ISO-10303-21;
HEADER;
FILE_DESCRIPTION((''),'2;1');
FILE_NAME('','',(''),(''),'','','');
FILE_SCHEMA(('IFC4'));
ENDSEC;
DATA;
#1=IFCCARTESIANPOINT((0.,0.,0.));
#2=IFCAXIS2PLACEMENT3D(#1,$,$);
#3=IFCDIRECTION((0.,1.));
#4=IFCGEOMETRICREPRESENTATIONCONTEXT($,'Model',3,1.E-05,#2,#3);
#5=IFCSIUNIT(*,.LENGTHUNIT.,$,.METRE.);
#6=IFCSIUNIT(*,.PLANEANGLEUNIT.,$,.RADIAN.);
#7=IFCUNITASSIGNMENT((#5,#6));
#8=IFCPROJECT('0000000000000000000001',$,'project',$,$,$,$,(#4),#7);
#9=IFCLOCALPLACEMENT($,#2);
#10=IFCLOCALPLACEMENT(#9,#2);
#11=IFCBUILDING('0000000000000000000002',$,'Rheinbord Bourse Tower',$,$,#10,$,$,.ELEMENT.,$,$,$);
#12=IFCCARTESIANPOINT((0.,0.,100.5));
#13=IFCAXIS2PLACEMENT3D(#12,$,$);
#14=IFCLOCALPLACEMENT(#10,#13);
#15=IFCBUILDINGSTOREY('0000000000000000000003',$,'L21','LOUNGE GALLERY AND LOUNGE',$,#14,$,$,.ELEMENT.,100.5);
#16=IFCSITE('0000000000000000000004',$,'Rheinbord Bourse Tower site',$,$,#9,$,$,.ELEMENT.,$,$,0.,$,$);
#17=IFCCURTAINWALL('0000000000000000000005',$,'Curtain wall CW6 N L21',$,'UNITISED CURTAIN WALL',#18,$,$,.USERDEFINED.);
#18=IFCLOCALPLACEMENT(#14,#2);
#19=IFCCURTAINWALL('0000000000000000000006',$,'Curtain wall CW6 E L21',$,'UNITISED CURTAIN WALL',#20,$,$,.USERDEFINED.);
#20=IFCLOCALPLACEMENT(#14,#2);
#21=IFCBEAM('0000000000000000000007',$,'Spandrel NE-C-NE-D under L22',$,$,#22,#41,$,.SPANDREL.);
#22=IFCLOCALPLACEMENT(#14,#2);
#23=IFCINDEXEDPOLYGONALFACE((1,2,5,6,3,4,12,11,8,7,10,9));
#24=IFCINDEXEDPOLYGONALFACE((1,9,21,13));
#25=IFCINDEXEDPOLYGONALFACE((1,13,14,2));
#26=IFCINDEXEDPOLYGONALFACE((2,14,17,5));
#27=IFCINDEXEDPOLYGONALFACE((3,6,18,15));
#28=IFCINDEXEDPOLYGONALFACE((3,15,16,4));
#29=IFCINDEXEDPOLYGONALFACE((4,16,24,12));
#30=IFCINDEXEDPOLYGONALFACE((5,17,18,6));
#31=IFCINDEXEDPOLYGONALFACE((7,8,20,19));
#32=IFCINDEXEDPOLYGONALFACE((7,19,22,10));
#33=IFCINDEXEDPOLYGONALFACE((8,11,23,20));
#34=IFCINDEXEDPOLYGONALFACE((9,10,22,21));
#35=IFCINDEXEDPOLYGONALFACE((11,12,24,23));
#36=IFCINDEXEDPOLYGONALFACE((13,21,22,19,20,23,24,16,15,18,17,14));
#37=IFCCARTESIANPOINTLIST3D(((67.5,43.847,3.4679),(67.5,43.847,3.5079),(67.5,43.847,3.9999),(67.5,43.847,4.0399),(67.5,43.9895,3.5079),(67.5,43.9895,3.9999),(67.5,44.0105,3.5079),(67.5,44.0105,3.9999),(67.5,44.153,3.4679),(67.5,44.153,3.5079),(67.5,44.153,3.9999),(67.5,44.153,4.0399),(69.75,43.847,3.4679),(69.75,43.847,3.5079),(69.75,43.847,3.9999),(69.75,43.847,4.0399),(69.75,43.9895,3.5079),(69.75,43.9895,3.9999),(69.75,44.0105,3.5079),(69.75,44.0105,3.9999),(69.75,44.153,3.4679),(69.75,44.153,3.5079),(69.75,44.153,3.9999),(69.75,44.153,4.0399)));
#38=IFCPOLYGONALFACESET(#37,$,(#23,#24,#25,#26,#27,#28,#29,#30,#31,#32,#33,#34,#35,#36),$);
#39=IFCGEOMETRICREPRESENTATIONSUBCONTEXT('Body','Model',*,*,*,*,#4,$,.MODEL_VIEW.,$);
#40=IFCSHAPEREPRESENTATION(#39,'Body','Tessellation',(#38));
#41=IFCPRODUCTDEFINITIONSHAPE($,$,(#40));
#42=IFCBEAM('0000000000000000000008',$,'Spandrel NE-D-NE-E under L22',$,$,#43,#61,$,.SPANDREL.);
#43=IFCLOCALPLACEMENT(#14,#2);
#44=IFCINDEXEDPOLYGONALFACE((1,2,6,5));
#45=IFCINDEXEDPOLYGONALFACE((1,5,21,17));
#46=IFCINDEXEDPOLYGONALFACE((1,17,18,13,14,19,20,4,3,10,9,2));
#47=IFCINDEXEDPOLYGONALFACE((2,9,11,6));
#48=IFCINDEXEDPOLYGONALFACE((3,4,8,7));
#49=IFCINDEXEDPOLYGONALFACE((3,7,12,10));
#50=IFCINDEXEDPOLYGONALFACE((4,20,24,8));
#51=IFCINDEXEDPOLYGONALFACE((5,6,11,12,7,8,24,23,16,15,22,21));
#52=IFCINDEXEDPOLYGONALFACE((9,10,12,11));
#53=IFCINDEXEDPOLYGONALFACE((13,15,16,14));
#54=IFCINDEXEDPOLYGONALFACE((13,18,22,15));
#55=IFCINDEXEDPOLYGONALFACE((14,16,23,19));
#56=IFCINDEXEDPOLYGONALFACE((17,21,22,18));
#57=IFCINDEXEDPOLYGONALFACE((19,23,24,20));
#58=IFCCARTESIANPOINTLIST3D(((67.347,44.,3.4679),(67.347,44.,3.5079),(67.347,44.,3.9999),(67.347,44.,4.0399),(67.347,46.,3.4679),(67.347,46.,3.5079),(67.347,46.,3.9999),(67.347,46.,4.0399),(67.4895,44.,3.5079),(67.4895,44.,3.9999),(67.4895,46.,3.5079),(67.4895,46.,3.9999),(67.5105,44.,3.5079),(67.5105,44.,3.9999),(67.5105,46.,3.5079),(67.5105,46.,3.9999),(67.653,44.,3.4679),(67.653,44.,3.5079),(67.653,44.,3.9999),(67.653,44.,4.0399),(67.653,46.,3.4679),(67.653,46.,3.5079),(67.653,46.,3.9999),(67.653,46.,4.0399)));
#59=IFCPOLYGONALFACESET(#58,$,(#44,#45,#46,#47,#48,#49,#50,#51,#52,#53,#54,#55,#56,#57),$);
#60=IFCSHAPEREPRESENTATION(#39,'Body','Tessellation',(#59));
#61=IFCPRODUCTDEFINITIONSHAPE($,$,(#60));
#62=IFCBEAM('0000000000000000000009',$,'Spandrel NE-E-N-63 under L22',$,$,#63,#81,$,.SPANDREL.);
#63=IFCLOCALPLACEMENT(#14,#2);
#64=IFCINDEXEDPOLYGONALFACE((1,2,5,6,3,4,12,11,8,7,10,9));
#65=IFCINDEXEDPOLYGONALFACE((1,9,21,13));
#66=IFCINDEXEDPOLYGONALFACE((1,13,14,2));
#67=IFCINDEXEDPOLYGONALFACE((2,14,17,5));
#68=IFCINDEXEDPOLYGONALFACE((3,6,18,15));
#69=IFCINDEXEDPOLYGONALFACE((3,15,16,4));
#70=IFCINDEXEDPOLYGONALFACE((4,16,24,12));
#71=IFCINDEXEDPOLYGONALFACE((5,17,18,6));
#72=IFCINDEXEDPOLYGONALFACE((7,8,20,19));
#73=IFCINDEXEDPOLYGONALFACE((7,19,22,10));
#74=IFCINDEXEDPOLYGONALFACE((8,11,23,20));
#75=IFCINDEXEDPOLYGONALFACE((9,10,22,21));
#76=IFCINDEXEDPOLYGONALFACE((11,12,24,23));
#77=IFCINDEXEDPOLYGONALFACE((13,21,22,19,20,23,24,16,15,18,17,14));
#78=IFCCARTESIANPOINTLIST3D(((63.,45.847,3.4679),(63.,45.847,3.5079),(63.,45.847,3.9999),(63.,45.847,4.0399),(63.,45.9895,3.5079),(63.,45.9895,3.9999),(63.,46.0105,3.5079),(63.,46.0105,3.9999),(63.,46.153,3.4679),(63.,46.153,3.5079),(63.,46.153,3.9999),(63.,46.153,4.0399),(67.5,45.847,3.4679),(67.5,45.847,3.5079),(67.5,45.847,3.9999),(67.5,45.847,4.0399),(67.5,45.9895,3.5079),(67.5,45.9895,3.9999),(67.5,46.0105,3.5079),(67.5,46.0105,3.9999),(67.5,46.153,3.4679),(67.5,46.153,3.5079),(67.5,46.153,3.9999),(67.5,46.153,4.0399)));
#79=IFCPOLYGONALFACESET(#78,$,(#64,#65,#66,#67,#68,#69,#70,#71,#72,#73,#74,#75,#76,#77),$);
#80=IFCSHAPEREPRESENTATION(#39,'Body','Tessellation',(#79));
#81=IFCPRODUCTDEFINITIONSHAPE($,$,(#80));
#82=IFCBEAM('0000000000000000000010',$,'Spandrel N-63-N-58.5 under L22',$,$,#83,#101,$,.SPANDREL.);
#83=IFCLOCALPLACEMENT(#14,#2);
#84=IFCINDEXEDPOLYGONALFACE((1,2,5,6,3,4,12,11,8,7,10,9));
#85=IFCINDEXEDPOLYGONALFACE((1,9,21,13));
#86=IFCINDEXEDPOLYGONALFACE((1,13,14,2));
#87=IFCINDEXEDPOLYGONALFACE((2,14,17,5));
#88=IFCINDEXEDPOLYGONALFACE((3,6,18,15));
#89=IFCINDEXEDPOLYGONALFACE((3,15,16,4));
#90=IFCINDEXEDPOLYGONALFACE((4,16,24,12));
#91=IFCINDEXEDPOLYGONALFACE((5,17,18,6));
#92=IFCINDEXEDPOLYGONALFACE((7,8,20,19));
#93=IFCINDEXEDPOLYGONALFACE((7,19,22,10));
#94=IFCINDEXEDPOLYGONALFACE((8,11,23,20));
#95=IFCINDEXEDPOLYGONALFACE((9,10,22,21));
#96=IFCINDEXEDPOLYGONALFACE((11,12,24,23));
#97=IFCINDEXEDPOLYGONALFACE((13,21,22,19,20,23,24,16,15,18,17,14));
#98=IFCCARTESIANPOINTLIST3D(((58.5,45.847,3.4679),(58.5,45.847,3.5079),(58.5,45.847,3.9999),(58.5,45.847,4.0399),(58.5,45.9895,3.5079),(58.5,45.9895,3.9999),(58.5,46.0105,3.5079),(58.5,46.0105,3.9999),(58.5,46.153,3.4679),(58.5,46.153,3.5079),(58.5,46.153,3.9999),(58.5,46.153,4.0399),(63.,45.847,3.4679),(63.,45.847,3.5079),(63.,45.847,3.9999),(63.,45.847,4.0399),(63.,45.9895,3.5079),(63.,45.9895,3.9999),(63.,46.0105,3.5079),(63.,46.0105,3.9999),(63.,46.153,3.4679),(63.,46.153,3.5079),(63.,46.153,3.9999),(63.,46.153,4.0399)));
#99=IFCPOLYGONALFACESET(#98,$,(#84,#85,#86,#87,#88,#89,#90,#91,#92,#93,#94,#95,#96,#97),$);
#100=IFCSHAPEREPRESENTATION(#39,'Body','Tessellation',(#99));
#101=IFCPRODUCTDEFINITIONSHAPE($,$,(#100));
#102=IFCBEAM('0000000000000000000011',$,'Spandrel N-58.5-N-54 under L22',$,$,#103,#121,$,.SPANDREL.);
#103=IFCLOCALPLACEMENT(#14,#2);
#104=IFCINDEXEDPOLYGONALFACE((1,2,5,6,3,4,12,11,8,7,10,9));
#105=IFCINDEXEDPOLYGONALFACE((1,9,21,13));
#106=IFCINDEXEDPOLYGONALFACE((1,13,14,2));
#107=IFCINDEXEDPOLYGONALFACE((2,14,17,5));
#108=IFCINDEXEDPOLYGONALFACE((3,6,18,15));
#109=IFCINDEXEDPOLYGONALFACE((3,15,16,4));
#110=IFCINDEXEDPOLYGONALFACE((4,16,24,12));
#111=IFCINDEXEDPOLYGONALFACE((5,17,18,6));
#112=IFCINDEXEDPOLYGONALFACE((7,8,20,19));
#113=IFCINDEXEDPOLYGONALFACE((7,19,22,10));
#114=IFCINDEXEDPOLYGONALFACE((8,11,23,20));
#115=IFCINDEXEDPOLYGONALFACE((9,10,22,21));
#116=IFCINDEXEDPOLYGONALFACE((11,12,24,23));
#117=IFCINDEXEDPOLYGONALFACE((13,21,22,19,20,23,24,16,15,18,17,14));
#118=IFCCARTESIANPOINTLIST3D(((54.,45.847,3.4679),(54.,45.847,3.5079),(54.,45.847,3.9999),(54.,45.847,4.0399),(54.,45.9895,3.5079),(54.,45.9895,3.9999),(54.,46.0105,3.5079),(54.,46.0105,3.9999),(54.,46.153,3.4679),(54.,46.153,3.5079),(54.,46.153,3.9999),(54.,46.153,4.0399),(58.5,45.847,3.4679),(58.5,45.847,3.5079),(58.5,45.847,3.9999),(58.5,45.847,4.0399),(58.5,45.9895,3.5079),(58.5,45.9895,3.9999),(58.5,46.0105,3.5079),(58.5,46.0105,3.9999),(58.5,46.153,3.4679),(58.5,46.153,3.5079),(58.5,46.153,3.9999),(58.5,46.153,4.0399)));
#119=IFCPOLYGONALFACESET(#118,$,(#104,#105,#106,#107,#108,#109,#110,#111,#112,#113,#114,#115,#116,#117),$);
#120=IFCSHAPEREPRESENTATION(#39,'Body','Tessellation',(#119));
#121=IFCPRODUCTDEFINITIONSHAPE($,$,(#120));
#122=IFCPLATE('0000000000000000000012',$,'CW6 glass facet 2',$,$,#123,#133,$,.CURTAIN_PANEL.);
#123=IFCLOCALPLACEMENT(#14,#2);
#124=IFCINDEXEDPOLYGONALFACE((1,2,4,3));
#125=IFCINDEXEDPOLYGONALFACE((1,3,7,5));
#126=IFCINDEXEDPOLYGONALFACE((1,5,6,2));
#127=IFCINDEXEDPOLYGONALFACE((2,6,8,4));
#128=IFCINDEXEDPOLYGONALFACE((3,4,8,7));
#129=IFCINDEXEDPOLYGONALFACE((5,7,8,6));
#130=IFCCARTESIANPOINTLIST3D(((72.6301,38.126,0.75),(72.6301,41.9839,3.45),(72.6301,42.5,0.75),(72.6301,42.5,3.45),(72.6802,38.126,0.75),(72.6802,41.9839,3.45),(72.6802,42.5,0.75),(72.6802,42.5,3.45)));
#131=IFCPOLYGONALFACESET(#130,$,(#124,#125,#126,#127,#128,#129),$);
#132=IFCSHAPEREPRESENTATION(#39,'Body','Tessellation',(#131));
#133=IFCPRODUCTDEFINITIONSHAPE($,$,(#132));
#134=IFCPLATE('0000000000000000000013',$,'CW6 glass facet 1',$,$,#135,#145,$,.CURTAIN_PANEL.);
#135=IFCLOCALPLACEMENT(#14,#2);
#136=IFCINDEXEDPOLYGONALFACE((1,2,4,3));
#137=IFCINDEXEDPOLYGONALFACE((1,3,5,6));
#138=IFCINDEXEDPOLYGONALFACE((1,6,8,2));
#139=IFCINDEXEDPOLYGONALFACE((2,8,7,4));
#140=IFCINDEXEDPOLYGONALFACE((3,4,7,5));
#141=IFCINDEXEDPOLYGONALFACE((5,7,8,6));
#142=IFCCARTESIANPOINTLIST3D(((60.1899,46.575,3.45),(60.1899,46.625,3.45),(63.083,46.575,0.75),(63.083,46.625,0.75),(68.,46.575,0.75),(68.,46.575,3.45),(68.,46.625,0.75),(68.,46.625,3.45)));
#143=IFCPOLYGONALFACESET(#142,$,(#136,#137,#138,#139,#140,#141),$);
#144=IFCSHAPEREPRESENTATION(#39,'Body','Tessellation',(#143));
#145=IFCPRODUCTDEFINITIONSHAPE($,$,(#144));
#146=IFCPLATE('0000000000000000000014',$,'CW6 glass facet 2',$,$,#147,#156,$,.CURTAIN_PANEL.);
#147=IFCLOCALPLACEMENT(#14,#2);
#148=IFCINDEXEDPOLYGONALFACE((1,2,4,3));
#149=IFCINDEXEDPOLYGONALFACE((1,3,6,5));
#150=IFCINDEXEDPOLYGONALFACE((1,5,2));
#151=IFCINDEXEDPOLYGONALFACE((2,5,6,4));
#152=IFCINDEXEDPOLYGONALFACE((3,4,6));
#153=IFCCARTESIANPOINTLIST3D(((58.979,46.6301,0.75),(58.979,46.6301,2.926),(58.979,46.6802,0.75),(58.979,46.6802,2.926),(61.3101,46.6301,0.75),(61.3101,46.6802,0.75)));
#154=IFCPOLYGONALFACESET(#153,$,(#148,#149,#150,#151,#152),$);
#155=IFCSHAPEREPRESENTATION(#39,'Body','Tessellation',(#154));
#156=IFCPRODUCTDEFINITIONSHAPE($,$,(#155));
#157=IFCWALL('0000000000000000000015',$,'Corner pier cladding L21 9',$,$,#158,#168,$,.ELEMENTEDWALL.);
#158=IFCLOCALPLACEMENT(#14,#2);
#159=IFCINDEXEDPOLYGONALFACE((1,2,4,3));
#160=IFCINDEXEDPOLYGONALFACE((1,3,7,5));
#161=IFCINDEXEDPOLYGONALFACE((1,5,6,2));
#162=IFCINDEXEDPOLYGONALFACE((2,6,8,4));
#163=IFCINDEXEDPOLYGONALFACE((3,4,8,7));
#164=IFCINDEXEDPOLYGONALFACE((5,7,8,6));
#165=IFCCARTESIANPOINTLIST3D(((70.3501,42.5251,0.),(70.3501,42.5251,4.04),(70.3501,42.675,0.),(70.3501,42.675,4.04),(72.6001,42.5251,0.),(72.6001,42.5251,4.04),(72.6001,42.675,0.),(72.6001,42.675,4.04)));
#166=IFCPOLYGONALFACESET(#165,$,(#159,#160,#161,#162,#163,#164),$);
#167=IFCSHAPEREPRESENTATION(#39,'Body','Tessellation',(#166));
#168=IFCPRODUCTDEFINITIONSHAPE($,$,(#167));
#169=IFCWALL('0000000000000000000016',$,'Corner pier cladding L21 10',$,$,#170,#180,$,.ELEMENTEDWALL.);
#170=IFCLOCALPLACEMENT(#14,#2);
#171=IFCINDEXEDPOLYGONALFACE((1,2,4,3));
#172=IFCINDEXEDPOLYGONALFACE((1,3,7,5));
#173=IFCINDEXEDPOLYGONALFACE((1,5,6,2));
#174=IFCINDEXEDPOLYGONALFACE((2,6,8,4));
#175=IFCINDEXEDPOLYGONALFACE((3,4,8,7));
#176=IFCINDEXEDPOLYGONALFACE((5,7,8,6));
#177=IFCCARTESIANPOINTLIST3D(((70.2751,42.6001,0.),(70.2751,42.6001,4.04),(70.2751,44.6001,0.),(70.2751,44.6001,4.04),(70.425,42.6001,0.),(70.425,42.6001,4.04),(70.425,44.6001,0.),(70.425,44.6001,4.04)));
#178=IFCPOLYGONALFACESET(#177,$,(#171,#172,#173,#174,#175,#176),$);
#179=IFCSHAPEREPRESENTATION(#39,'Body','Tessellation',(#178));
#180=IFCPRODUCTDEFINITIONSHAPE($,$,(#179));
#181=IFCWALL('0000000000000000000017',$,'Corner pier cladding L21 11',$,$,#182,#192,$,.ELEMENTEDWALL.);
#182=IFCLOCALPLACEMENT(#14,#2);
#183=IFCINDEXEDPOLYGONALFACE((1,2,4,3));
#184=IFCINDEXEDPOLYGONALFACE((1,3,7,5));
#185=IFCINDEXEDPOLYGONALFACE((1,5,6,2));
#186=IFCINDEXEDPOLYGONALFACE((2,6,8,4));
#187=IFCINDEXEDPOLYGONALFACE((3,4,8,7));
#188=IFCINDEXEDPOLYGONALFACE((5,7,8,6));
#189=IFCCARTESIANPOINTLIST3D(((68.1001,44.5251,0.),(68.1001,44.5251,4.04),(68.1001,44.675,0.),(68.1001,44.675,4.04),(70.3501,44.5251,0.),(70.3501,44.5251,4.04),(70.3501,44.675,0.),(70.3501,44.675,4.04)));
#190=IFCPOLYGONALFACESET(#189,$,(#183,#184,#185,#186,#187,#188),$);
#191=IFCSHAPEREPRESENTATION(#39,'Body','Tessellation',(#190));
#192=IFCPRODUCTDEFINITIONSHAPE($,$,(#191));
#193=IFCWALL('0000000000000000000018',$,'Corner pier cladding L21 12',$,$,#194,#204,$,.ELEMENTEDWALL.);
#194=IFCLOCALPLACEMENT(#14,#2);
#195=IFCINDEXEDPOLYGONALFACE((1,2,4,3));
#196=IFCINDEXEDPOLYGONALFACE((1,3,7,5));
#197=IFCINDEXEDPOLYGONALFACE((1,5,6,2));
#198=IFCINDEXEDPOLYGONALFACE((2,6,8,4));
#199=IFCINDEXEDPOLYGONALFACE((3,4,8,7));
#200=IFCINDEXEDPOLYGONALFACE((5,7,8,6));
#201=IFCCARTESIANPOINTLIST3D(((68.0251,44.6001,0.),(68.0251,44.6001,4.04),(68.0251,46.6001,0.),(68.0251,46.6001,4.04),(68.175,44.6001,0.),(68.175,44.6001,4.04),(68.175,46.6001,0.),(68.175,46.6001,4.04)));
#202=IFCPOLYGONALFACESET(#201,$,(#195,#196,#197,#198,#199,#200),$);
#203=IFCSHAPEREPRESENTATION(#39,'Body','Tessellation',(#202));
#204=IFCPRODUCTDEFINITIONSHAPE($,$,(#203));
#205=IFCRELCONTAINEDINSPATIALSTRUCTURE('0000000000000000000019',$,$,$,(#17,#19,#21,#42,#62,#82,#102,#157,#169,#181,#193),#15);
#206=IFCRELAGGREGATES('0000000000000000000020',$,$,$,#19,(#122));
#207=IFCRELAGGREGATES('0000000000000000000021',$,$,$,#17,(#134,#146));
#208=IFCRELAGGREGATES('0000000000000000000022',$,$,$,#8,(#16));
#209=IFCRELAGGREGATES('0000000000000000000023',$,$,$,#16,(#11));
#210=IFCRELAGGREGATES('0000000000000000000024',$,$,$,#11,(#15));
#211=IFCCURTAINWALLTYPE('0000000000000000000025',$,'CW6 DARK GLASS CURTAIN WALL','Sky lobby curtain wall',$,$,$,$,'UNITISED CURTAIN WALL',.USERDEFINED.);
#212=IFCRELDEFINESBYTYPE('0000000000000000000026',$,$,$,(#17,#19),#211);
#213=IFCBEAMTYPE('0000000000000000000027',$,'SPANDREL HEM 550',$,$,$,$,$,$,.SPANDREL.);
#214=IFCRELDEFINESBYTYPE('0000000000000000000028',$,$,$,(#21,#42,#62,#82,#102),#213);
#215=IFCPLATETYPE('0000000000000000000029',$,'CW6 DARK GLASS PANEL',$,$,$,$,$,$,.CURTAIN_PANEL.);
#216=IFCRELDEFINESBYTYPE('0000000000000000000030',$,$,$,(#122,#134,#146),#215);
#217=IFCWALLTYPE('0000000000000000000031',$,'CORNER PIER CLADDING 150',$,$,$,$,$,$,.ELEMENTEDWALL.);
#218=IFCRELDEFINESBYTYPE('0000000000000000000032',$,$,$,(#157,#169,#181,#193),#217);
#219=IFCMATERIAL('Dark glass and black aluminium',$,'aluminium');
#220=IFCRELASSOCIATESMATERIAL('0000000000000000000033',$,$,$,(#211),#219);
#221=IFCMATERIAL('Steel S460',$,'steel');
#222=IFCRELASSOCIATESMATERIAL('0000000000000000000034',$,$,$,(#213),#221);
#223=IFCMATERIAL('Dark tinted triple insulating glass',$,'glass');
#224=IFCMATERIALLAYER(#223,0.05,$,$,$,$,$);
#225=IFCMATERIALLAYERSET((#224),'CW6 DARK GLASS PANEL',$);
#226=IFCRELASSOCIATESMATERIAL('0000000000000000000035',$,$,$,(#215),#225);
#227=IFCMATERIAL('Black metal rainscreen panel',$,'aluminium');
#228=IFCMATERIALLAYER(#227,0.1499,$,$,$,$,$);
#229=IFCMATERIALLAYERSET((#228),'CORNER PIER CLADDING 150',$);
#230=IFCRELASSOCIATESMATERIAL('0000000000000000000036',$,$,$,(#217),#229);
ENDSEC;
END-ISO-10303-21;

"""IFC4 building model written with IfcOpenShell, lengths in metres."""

from ifc_helpers import new_model, si_unit, direction, frame, frame_2d, origin, origin_2d, place, context, subcontext, project, spatial, polyline, rectangle, i_section, outline, extrude, material, layer, layer_set, material_profile, profile_set, type_object, element, aggregate, save


model = new_model("IFC4")

# Units and contexts
model_context = context("Model", 3, precision=1e-05, world=origin(), true_north=direction((0.0, 1.0)))
body_context = subcontext(model_context, "Body", "Model", "MODEL_VIEW")
ifc_project = project(units=[si_unit("LENGTHUNIT", "METRE"), si_unit("PLANEANGLEUNIT", "RADIAN")], contexts=[model_context])

# Site, building, storey
site_placement = place(None, origin())
site = spatial("IfcSite", under=ifc_project, at=site_placement, Name="Rheinbord Bourse Tower site", CompositionType="ELEMENT", RefElevation=0.0)
building_placement = place(site_placement, origin())
building = spatial("IfcBuilding", under=site, at=building_placement, Name="Rheinbord Bourse Tower", CompositionType="ELEMENT")
storey_placement = place(building_placement, frame((0.0, 0.0, 100.5)))
storey = spatial("IfcBuildingStorey", under=building, at=storey_placement, Name="L21", Description="LOUNGE GALLERY AND LOUNGE", CompositionType="ELEMENT", Elevation=100.5)

# Curtain walls
ifc_material_1 = material(Name="Dark glass and black aluminium", Category="aluminium")
curtain_wall_type = type_object("IfcCurtainWallType", Name="CW6 DARK GLASS CURTAIN WALL", Description="Sky lobby curtain wall", ElementType="UNITISED CURTAIN WALL", PredefinedType="USERDEFINED", material=ifc_material_1)
curtain_wall_1_placement = place(storey_placement, origin())
curtain_wall_1 = element("IfcCurtainWall", 1, at=curtain_wall_1_placement, inside=storey, type_object=curtain_wall_type, Name="Curtain wall CW6 N L21", ObjectType="UNITISED CURTAIN WALL", PredefinedType="USERDEFINED")
curtain_wall_2_placement = place(storey_placement, origin())
curtain_wall_2 = element("IfcCurtainWall", 2, at=curtain_wall_2_placement, inside=storey, type_object=curtain_wall_type, Name="Curtain wall CW6 E L21", ObjectType="UNITISED CURTAIN WALL", PredefinedType="USERDEFINED")

# Beams
ifc_material_2 = material(Name="Steel S460", Category="steel")
ifc_material_profile_1 = material_profile(ifc_material_2, i_section(OverallWidth=0.3059, OverallDepth=0.572, WebThickness=0.021, FlangeThickness=0.04, at=origin_2d()), Name="HEM 550")
ifc_profile_set_1 = profile_set([ifc_material_profile_1], Name="Steel S460")
beam_type_1 = type_object("IfcBeamType", Name="SPANDREL HEM 550", PredefinedType="SPANDREL", material=ifc_profile_set_1)
for number, where, z_axis, x_axis, name in (
    (3, (69.75, 44.0, 3.7539), (-1.0, 0.0, 0.0), (0.0, -1.0, 0.0), "Spandrel NE-C-NE-D under L22"),
):
    element("IfcBeam", number, at=place(storey_placement, frame(where, z_axis=z_axis, x_axis=x_axis)), inside=storey, type_object=beam_type_1, Name=name, PredefinedType="SPANDREL", context=body_context, shape_type="SweptSolid", body=[
        extrude(i_section(OverallWidth=0.3059, OverallDepth=0.572, WebThickness=0.021, FlangeThickness=0.04, at=origin_2d()), origin(), (0.0, 0.0, 1.0), 2.25),
    ])
beam_placement = place(storey_placement, frame((67.5, 44.0, 3.7539), z_axis=(0.0, 1.0, 0.0), x_axis=(-1.0, 0.0, 0.0)))
element("IfcBeam", 4, at=beam_placement, inside=storey, type_object=beam_type_1, Name="Spandrel NE-D-NE-E under L22", PredefinedType="SPANDREL", context=body_context, shape_type="SweptSolid", body=[
    extrude(i_section(OverallWidth=0.3059, OverallDepth=0.572, WebThickness=0.021, FlangeThickness=0.04, at=origin_2d()), origin(), (0.0, 0.0, 1.0), 2.0),
])
for number, where, z_axis, x_axis, name in (
    (5, (67.5, 46.0, 3.7539), (-1.0, 0.0, 0.0), (0.0, -1.0, 0.0), "Spandrel NE-E-N-63 under L22"),
    (6, (63.0, 46.0, 3.7539), (-1.0, 0.0, 0.0), (0.0, -1.0, 0.0), "Spandrel N-63-N-58.5 under L22"),
    (7, (58.5, 46.0, 3.7539), (-1.0, 0.0, 0.0), (0.0, -1.0, 0.0), "Spandrel N-58.5-N-54 under L22"),
):
    element("IfcBeam", number, at=place(storey_placement, frame(where, z_axis=z_axis, x_axis=x_axis)), inside=storey, type_object=beam_type_1, Name=name, PredefinedType="SPANDREL", context=body_context, shape_type="SweptSolid", body=[
        extrude(i_section(OverallWidth=0.3059, OverallDepth=0.572, WebThickness=0.021, FlangeThickness=0.04, at=origin_2d()), origin(), (0.0, 0.0, 1.0), 4.5),
    ])

# Plates
ifc_material_3 = material(Name="Dark tinted triple insulating glass", Category="glass")
ifc_layer_1 = layer(ifc_material_3, 0.05)
ifc_layer_set_1 = layer_set([ifc_layer_1], Name="CW6 DARK GLASS PANEL")
plate_type = type_object("IfcPlateType", Name="CW6 DARK GLASS PANEL", PredefinedType="CURTAIN_PANEL", material=ifc_layer_set_1)
plate_1_placement = place(storey_placement, frame((72.6802, 42.5, 3.45), z_axis=(-1.0, 0.0, 0.0), x_axis=(0.0, 0.0, -1.0)))
plate_1 = element("IfcPlate", 8, at=plate_1_placement, type_object=plate_type, Name="CW6 glass facet 2", PredefinedType="CURTAIN_PANEL", context=body_context, shape_type="SweptSolid", body=[
    extrude(outline(polyline([(0.0, 0.0), (2.7, 0.0), (2.7, 4.374), (0.0, 0.5161), (0.0, 0.0)])), origin(), (0.0, 0.0, 1.0), 0.05),
])
aggregate(curtain_wall_2, [plate_1])
plate_2_placement = place(storey_placement, frame((68.0, 46.625, 0.75), z_axis=(0.0, -1.0, 0.0), x_axis=(0.0, 0.0, 1.0)))
plate_2 = element("IfcPlate", 9, at=plate_2_placement, type_object=plate_type, Name="CW6 glass facet 1", PredefinedType="CURTAIN_PANEL", context=body_context, shape_type="SweptSolid", body=[
    extrude(outline(polyline([(0.0, 0.0), (2.7, 0.0), (2.7, 7.8101), (0.0, 4.917), (0.0, 0.0)])), origin(), (0.0, 0.0, 1.0), 0.05),
])
plate_3_placement = place(storey_placement, frame((58.979, 46.6802, 0.75), z_axis=(0.0, -1.0, 0.0), x_axis=(1.0, 0.0, 0.0)))
plate_3 = element("IfcPlate", 10, at=plate_3_placement, type_object=plate_type, Name="CW6 glass facet 2", PredefinedType="CURTAIN_PANEL", context=body_context, shape_type="SweptSolid", body=[
    extrude(outline(polyline([(0.0, 0.0), (2.3311, 0.0), (0.0, 2.176), (0.0, 0.0)])), origin(), (0.0, 0.0, 1.0), 0.05),
])
aggregate(curtain_wall_1, [plate_2, plate_3])

# Walls
ifc_material_4 = material(Name="Black metal rainscreen panel", Category="aluminium")
ifc_layer_2 = layer(ifc_material_4, 0.1499)
ifc_layer_set_2 = layer_set([ifc_layer_2], Name="CORNER PIER CLADDING 150")
wall_type = type_object("IfcWallType", Name="CORNER PIER CLADDING 150", PredefinedType="ELEMENTEDWALL", material=ifc_layer_set_2)
wall_1_placement = place(storey_placement, frame((72.6001, 42.6001, 0.0), z_axis=(0.0, 0.0, 1.0), x_axis=(-1.0, 0.0, 0.0)))
element("IfcWall", 11, at=wall_1_placement, inside=storey, type_object=wall_type, Name="Corner pier cladding L21 9", PredefinedType="ELEMENTEDWALL", context=body_context, shape_type="SweptSolid", body=[
    extrude(rectangle(XDim=2.25, YDim=0.1499, at=frame_2d((1.125, 0.0))), origin(), (0.0, 0.0, 1.0), 4.04),
])
wall_2_placement = place(storey_placement, frame((70.3501, 42.6001, 0.0), z_axis=(0.0, 0.0, 1.0), x_axis=(0.0, 1.0, 0.0)))
element("IfcWall", 12, at=wall_2_placement, inside=storey, type_object=wall_type, Name="Corner pier cladding L21 10", PredefinedType="ELEMENTEDWALL", context=body_context, shape_type="SweptSolid", body=[
    extrude(rectangle(XDim=2.0, YDim=0.1499, at=frame_2d((1.0, 0.0))), origin(), (0.0, 0.0, 1.0), 4.04),
])
wall_3_placement = place(storey_placement, frame((70.3501, 44.6001, 0.0), z_axis=(0.0, 0.0, 1.0), x_axis=(-1.0, 0.0, 0.0)))
element("IfcWall", 13, at=wall_3_placement, inside=storey, type_object=wall_type, Name="Corner pier cladding L21 11", PredefinedType="ELEMENTEDWALL", context=body_context, shape_type="SweptSolid", body=[
    extrude(rectangle(XDim=2.25, YDim=0.1499, at=frame_2d((1.125, 0.0))), origin(), (0.0, 0.0, 1.0), 4.04),
])
wall_4_placement = place(storey_placement, frame((68.1001, 44.6001, 0.0), z_axis=(0.0, 0.0, 1.0), x_axis=(0.0, 1.0, 0.0)))
element("IfcWall", 14, at=wall_4_placement, inside=storey, type_object=wall_type, Name="Corner pier cladding L21 12", PredefinedType="ELEMENTEDWALL", context=body_context, shape_type="SweptSolid", body=[
    extrude(rectangle(XDim=2.0, YDim=0.1499, at=frame_2d((1.0, 0.0))), origin(), (0.0, 0.0, 1.0), 4.04),
])

save(model, "model.ifc")
